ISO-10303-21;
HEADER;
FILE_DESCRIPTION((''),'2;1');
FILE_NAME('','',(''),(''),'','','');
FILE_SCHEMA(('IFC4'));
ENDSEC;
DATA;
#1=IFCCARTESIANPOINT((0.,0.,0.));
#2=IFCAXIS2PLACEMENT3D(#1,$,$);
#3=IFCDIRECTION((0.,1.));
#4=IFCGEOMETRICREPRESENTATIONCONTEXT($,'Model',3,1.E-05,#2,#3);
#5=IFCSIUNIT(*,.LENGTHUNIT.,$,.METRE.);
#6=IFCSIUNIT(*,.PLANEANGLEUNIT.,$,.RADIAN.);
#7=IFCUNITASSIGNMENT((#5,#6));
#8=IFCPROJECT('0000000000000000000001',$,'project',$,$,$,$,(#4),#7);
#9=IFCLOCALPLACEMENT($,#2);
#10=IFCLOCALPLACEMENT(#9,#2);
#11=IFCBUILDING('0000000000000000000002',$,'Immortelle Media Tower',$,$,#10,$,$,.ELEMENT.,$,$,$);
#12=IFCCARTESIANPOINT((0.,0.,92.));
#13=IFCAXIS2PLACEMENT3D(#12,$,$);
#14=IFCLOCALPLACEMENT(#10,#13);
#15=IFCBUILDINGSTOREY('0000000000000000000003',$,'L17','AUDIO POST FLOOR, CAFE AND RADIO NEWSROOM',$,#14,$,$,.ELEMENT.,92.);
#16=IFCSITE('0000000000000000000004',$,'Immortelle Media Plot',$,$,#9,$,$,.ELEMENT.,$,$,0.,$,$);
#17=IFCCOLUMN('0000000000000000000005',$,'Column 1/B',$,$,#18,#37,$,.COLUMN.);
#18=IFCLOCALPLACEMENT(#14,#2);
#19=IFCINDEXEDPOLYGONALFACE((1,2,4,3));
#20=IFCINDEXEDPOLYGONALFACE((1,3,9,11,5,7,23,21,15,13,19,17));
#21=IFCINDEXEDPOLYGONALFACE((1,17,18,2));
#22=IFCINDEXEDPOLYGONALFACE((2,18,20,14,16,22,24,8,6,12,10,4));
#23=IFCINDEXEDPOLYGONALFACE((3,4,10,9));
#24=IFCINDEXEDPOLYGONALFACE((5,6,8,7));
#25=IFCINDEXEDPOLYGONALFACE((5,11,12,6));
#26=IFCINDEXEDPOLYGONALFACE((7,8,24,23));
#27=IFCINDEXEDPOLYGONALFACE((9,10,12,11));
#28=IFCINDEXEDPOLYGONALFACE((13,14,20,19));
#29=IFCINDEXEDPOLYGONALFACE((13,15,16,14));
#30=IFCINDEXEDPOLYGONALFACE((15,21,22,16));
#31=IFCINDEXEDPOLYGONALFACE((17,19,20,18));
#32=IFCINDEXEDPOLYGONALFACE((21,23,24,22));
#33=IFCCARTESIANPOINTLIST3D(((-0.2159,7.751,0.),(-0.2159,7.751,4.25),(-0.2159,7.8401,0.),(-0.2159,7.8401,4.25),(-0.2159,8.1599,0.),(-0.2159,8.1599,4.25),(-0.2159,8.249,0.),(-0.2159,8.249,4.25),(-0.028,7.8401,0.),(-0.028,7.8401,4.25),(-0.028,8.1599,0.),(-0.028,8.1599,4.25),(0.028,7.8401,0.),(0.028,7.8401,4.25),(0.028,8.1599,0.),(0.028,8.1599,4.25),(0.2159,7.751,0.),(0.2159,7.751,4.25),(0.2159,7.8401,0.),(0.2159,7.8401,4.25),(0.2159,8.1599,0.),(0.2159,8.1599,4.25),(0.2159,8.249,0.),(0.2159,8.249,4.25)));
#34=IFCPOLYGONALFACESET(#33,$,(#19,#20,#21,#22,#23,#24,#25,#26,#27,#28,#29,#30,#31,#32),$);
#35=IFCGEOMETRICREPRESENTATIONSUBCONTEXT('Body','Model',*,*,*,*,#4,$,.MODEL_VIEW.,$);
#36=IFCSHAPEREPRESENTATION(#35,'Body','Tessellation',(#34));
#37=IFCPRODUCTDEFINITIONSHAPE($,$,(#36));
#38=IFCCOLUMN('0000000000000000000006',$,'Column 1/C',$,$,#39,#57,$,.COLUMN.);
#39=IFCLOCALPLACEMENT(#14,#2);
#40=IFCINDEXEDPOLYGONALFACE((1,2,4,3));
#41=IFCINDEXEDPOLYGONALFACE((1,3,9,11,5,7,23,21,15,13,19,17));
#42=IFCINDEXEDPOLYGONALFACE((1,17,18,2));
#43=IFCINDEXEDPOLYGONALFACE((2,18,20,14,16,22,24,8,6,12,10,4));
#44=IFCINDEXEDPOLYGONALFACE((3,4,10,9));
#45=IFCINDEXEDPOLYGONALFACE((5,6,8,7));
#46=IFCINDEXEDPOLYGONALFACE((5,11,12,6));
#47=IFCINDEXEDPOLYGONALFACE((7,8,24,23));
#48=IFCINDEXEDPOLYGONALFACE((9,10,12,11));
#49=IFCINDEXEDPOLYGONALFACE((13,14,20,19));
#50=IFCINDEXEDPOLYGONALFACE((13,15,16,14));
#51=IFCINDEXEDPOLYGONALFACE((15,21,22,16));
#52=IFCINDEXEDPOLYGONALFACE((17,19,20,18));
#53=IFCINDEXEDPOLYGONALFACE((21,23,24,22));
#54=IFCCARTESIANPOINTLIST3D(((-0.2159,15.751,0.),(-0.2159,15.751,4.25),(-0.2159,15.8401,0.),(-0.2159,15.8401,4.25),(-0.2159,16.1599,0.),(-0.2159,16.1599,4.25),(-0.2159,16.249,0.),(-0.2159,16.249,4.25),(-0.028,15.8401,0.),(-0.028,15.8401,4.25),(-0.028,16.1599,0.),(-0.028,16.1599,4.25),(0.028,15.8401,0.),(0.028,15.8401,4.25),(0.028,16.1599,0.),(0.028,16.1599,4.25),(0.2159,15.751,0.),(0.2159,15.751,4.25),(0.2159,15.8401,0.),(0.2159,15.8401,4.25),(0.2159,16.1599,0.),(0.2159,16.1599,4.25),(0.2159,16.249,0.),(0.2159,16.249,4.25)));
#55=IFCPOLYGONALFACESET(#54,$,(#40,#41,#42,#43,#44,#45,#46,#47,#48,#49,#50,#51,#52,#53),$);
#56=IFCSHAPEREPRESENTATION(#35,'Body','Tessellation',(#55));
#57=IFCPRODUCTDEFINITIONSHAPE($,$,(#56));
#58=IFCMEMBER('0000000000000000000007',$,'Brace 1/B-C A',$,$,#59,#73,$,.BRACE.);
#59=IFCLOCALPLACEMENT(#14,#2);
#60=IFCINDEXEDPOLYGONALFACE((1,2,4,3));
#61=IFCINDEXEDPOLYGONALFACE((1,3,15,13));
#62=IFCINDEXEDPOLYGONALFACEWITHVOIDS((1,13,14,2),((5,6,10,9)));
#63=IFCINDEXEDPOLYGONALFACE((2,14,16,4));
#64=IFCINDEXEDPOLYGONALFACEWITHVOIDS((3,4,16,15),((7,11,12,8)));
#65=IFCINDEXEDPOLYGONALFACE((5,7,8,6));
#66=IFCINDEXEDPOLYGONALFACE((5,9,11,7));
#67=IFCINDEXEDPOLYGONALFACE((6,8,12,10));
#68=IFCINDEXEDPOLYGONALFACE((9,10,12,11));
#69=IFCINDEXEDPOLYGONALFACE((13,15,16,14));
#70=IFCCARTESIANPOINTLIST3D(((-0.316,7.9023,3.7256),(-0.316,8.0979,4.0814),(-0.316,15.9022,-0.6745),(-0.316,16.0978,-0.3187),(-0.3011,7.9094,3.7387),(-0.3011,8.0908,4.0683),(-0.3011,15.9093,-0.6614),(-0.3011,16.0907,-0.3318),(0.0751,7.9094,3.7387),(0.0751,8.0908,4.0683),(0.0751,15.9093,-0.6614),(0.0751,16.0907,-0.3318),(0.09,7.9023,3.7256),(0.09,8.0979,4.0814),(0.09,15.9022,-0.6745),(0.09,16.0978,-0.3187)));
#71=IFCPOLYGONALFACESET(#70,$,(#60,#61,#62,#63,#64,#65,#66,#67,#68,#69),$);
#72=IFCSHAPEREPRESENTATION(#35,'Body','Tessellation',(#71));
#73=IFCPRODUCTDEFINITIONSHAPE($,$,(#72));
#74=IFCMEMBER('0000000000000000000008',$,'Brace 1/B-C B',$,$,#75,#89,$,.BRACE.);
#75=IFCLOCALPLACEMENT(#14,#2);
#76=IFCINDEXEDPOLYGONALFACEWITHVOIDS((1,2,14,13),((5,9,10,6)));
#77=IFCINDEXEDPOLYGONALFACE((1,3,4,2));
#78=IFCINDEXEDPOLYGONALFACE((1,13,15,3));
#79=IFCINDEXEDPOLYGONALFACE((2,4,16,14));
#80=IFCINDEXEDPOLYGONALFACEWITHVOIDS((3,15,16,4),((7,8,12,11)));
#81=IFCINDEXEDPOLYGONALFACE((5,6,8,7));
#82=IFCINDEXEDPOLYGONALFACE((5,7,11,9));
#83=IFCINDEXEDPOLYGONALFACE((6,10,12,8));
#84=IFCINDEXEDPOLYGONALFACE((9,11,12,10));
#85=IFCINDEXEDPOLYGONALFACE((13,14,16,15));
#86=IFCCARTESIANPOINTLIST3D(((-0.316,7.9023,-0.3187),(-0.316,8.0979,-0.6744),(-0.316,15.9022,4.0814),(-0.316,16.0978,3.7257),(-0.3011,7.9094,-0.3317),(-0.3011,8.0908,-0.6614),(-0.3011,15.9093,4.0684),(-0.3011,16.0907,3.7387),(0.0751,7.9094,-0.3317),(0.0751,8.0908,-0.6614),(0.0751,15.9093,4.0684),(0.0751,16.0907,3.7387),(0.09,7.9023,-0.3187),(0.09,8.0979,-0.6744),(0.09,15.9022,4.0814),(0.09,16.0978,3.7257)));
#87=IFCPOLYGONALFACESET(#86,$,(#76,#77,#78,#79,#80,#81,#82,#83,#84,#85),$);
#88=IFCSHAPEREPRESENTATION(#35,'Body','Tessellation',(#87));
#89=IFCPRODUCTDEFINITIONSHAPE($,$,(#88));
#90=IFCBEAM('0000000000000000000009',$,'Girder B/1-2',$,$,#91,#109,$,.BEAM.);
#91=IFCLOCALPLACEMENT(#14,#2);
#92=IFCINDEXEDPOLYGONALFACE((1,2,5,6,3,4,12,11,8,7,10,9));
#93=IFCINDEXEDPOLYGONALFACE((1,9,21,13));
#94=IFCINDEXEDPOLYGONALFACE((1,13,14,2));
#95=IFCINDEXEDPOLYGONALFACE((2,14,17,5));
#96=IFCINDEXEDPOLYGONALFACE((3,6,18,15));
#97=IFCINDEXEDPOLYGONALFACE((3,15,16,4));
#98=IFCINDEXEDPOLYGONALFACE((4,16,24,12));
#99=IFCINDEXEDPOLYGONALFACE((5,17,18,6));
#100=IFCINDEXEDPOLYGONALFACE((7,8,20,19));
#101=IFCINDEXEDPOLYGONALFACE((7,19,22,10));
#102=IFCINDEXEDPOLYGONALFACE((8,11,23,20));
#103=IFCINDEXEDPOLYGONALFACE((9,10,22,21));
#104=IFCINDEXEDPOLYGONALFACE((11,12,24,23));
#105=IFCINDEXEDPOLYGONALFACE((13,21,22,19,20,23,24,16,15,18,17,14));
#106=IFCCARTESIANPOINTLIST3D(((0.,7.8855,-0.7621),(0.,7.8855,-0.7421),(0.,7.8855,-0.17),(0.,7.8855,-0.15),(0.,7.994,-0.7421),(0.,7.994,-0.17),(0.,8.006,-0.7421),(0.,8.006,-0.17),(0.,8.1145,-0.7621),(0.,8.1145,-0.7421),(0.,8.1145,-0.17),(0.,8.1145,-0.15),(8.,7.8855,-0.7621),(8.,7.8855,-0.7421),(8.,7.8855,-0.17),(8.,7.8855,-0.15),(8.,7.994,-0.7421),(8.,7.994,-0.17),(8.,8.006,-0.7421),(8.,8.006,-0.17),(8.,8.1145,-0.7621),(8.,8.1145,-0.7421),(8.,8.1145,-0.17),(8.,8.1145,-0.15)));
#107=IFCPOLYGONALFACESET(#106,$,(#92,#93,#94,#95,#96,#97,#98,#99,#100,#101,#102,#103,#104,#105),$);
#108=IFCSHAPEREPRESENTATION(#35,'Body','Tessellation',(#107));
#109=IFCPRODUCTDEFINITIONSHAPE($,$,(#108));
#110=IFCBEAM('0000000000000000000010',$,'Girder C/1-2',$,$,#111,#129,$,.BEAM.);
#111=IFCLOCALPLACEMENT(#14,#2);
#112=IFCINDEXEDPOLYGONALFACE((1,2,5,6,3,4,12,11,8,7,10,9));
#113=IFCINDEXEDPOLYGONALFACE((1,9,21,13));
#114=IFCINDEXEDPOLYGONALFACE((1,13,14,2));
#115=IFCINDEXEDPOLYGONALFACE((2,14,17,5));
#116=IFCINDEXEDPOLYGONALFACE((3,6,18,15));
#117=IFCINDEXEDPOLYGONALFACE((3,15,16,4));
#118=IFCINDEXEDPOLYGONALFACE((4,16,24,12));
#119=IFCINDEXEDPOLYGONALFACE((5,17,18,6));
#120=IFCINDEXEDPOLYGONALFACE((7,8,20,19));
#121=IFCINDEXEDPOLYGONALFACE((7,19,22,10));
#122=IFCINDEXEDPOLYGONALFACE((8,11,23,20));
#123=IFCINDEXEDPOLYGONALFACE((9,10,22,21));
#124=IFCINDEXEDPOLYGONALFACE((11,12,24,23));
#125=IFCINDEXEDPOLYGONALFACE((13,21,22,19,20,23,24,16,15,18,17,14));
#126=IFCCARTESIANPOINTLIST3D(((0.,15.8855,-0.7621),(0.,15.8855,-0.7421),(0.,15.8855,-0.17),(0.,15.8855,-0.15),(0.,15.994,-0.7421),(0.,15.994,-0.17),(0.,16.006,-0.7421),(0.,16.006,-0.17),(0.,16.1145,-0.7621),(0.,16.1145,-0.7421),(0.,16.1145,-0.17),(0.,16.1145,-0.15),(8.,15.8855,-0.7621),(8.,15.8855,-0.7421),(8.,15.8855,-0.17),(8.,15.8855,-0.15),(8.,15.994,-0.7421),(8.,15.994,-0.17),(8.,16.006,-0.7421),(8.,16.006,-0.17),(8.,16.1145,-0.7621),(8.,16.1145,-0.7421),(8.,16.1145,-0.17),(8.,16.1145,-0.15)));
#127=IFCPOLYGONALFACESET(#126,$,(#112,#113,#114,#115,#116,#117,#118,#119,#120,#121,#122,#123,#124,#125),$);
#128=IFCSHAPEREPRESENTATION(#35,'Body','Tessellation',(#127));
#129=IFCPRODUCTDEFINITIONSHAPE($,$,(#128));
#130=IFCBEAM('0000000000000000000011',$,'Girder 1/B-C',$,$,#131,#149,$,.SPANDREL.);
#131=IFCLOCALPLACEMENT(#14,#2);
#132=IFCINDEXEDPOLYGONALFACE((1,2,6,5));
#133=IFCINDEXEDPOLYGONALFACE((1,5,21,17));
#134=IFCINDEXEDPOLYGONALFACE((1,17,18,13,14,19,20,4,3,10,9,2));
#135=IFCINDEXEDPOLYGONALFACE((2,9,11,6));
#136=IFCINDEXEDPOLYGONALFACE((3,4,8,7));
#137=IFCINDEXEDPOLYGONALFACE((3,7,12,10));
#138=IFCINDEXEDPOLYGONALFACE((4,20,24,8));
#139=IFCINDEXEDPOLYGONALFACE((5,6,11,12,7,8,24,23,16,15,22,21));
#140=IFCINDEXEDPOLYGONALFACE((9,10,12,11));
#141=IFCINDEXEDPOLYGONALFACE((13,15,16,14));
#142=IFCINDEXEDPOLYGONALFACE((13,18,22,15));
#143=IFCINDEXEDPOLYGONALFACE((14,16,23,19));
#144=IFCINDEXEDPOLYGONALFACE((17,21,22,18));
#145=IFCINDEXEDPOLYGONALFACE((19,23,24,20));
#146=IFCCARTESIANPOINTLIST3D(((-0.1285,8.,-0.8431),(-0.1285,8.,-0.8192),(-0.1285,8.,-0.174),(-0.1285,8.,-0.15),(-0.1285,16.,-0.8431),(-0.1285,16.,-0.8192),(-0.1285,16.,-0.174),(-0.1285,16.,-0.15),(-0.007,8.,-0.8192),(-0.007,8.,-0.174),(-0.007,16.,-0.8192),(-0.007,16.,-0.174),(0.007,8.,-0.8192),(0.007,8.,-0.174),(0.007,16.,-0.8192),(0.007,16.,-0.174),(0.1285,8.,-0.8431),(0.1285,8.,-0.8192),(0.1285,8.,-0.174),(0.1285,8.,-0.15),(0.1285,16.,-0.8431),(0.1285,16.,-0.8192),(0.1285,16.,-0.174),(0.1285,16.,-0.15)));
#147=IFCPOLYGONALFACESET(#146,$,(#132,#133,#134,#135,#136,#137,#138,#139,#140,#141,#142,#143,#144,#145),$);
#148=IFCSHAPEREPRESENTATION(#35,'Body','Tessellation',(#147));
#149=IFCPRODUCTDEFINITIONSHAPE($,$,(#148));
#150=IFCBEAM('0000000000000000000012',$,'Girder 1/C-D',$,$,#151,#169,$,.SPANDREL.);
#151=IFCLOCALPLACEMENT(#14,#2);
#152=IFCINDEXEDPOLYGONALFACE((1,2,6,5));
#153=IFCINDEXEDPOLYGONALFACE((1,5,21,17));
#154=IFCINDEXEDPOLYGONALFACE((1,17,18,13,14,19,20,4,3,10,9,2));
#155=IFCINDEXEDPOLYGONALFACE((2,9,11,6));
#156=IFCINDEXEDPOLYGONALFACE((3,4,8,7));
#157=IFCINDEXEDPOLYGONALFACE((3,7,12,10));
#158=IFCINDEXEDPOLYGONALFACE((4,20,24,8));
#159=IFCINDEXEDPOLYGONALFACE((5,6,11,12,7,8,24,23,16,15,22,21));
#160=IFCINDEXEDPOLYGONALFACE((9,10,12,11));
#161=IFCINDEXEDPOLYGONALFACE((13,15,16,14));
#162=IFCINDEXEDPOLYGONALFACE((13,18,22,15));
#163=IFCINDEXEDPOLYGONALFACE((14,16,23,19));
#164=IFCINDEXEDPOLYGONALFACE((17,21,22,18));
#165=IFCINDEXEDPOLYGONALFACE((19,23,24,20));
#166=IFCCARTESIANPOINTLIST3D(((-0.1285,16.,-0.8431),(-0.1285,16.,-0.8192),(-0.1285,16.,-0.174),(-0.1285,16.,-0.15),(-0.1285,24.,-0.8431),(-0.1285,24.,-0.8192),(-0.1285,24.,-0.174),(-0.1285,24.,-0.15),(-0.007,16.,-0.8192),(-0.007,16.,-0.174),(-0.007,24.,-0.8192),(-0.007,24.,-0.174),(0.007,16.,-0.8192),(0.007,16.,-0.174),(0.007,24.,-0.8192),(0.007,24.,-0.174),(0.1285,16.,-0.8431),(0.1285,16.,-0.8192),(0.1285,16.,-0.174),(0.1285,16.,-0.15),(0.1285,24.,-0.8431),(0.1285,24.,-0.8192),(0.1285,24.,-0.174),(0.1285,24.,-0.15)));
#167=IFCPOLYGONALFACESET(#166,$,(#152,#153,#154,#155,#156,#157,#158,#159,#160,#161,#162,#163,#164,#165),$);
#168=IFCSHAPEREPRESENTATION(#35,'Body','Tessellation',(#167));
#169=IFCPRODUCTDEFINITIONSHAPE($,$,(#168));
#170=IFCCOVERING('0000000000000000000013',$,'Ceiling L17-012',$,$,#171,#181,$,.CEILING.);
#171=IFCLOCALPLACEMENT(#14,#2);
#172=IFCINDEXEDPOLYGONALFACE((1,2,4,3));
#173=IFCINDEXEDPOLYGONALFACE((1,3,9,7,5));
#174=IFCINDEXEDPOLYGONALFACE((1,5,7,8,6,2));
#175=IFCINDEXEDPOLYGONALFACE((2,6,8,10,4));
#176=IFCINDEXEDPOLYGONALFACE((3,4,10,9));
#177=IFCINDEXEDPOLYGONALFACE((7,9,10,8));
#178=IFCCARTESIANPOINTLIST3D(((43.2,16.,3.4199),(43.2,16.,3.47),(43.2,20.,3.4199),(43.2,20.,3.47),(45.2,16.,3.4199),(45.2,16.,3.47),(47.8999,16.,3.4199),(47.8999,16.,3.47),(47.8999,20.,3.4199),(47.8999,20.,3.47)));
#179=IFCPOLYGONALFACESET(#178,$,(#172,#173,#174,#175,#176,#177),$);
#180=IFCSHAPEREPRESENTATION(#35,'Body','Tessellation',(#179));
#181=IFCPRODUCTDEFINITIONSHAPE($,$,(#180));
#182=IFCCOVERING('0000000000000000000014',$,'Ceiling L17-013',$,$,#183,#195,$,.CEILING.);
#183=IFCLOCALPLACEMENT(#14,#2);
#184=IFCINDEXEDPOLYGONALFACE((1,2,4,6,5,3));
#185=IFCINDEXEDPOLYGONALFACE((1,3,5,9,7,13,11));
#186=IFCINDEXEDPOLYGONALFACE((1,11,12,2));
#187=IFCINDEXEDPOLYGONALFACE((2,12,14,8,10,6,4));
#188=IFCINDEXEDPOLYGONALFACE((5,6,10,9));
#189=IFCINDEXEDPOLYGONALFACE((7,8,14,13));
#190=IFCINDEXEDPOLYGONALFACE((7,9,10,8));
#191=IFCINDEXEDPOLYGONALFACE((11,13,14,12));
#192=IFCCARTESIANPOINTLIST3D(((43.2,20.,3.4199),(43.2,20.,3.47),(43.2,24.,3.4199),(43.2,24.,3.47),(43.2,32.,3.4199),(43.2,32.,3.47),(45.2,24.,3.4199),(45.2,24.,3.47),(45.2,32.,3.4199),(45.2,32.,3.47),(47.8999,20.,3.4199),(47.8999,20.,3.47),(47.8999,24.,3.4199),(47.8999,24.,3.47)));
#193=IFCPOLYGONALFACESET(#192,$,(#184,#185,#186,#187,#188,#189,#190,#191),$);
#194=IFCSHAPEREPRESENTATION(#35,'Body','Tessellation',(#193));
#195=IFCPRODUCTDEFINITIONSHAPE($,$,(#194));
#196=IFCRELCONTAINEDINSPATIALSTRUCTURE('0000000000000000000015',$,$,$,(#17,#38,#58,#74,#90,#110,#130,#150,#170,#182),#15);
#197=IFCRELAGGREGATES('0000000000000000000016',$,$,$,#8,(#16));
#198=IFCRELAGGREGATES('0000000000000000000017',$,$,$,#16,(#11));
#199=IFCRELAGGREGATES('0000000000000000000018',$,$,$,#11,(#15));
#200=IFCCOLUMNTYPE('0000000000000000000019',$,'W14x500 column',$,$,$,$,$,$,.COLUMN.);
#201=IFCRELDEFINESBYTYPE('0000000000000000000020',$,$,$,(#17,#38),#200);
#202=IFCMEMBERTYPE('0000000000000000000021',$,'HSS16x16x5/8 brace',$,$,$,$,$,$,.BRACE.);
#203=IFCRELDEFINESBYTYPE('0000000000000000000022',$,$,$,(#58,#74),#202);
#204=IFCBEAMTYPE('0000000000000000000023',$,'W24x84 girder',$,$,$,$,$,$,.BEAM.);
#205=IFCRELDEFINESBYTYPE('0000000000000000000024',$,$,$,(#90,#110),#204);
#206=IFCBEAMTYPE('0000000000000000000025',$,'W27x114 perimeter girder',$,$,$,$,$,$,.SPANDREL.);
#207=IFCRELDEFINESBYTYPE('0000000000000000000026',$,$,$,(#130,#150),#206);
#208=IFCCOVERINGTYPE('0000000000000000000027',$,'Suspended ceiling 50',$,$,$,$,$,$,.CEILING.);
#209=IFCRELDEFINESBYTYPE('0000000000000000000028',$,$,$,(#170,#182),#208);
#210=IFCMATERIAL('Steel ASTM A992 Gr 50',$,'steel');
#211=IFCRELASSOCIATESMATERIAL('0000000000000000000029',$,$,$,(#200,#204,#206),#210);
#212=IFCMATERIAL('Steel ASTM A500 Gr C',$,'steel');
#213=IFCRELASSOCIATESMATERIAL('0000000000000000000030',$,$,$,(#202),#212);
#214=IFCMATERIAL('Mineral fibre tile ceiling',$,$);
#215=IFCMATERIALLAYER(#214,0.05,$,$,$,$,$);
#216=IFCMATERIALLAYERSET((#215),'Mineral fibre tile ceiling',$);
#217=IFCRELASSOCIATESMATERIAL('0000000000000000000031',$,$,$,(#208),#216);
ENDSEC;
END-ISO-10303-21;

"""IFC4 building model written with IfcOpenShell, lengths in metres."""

from ifc_helpers import new_model, si_unit, direction, frame, origin, origin_2d, place, context, subcontext, project, spatial, polyline, hollow_rectangle, i_section, outline, extrude, material, layer, layer_set, material_profile, profile_set, type_object, element, save


model = new_model("IFC4")

# Units and contexts
model_context = context("Model", 3, precision=1e-05, world=origin(), true_north=direction((0.0, 1.0)))
body_context = subcontext(model_context, "Body", "Model", "MODEL_VIEW")
ifc_project = project(units=[si_unit("LENGTHUNIT", "METRE"), si_unit("PLANEANGLEUNIT", "RADIAN")], contexts=[model_context])

# Site, building, storey
site_placement = place(None, origin())
site = spatial("IfcSite", under=ifc_project, at=site_placement, Name="Immortelle Media Plot", CompositionType="ELEMENT", RefElevation=0.0)
building_placement = place(site_placement, origin())
building = spatial("IfcBuilding", under=site, at=building_placement, Name="Immortelle Media Tower", CompositionType="ELEMENT")
storey_placement = place(building_placement, frame((0.0, 0.0, 92.0)))
storey = spatial("IfcBuildingStorey", under=building, at=storey_placement, Name="L17", Description="AUDIO POST FLOOR, CAFE AND RADIO NEWSROOM", CompositionType="ELEMENT", Elevation=92.0)

# Columns
ifc_material_1 = material(Name="Steel ASTM A992 Gr 50", Category="steel")
ifc_material_profile_1 = material_profile(ifc_material_1, i_section(OverallWidth=0.4319, OverallDepth=0.498, WebThickness=0.0559, FlangeThickness=0.0891, at=origin_2d()), Name="W14x500")
ifc_profile_set_1 = profile_set([ifc_material_profile_1], Name="Steel ASTM A992 Gr 50")
column_type = type_object("IfcColumnType", Name="W14x500 column", PredefinedType="COLUMN", material=ifc_profile_set_1)
for number, where, z_axis, x_axis, name in (
    (1, (0.0, 8.0, 0.0), (0.0, 0.0, 1.0), (1.0, 0.0, 0.0), "Column 1/B"),
    (2, (0.0, 16.0, 0.0), (0.0, 0.0, 1.0), (1.0, 0.0, 0.0), "Column 1/C"),
):
    element("IfcColumn", number, at=place(storey_placement, frame(where, z_axis=z_axis, x_axis=x_axis)), inside=storey, type_object=column_type, Name=name, PredefinedType="COLUMN", context=body_context, shape_type="SweptSolid", body=[
        extrude(i_section(OverallWidth=0.4319, OverallDepth=0.498, WebThickness=0.0559, FlangeThickness=0.0891, at=origin_2d()), origin(), (0.0, 0.0, 1.0), 4.25),
    ])

# Members
ifc_material_2 = material(Name="Steel ASTM A500 Gr C", Category="steel")
ifc_material_profile_2 = material_profile(ifc_material_2, hollow_rectangle(XDim=0.406, YDim=0.406, WallThickness=0.0149, at=origin_2d()), Name="HSS16x16x5/8 brace")
ifc_profile_set_2 = profile_set([ifc_material_profile_2], Name="Steel ASTM A500 Gr C")
member_type = type_object("IfcMemberType", Name="HSS16x16x5/8 brace", PredefinedType="BRACE", material=ifc_profile_set_2)
for number, where, z_axis, x_axis, name in (
    (3, (-0.113, 16.0, -0.4966), (0.0, -0.876209, 0.481931), (1.0, 0.0, 0.0), "Brace 1/B-C A"),
    (4, (-0.113, 16.0, 3.9036), (0.0, -0.876209, -0.481931), (1.0, 0.0, 0.0), "Brace 1/B-C B"),
):
    element("IfcMember", number, at=place(storey_placement, frame(where, z_axis=z_axis, x_axis=x_axis)), inside=storey, type_object=member_type, Name=name, PredefinedType="BRACE", context=body_context, shape_type="SweptSolid", body=[
        extrude(hollow_rectangle(XDim=0.406, YDim=0.406, WallThickness=0.0149, at=origin_2d()), origin(), (0.0, 0.0, 1.0), 9.1301),
    ])

# Beams
ifc_material_profile_3 = material_profile(ifc_material_1, i_section(OverallWidth=0.229, OverallDepth=0.6121, WebThickness=0.012, FlangeThickness=0.02, at=origin_2d()), Name="W24x84")
ifc_profile_set_3 = profile_set([ifc_material_profile_3], Name="Steel ASTM A992 Gr 50")
beam_type_1 = type_object("IfcBeamType", Name="W24x84 girder", PredefinedType="BEAM", material=ifc_profile_set_3)
for number, where, z_axis, x_axis, name in (
    (5, (0.0, 8.0, -0.4561), (1.0, 0.0, 0.0), (0.0, 1.0, 0.0), "Girder B/1-2"),
    (6, (0.0, 16.0, -0.4561), (1.0, 0.0, 0.0), (0.0, 1.0, 0.0), "Girder C/1-2"),
):
    element("IfcBeam", number, at=place(storey_placement, frame(where, z_axis=z_axis, x_axis=x_axis)), inside=storey, type_object=beam_type_1, Name=name, PredefinedType="BEAM", context=body_context, shape_type="SweptSolid", body=[
        extrude(i_section(OverallWidth=0.229, OverallDepth=0.6121, WebThickness=0.012, FlangeThickness=0.02, at=origin_2d()), origin(), (0.0, 0.0, 1.0), 8.0),
    ])
ifc_material_profile_4 = material_profile(ifc_material_1, i_section(OverallWidth=0.2571, OverallDepth=0.6931, WebThickness=0.0139, FlangeThickness=0.0239, at=origin_2d()), Name="W27x114")
ifc_profile_set_4 = profile_set([ifc_material_profile_4], Name="Steel ASTM A992 Gr 50")
beam_type_2 = type_object("IfcBeamType", Name="W27x114 perimeter girder", PredefinedType="SPANDREL", material=ifc_profile_set_4)
for number, where, z_axis, x_axis, name in (
    (7, (0.0, 8.0, -0.4966), (0.0, 1.0, 0.0), (-1.0, 0.0, 0.0), "Girder 1/B-C"),
    (8, (0.0, 16.0, -0.4966), (0.0, 1.0, 0.0), (-1.0, 0.0, 0.0), "Girder 1/C-D"),
):
    element("IfcBeam", number, at=place(storey_placement, frame(where, z_axis=z_axis, x_axis=x_axis)), inside=storey, type_object=beam_type_2, Name=name, PredefinedType="SPANDREL", context=body_context, shape_type="SweptSolid", body=[
        extrude(i_section(OverallWidth=0.2571, OverallDepth=0.6931, WebThickness=0.0139, FlangeThickness=0.0239, at=origin_2d()), origin(), (0.0, 0.0, 1.0), 8.0),
    ])

# Coverings
ifc_material_3 = material(Name="Mineral fibre tile ceiling")
ifc_layer = layer(ifc_material_3, 0.05)
ifc_layer_set = layer_set([ifc_layer], Name="Mineral fibre tile ceiling")
covering_type = type_object("IfcCoveringType", Name="Suspended ceiling 50", PredefinedType="CEILING", material=ifc_layer_set)
covering_1_placement = place(storey_placement, frame((0.0, 0.0, 3.4199)))
element("IfcCovering", 9, at=covering_1_placement, inside=storey, type_object=covering_type, Name="Ceiling L17-012", PredefinedType="CEILING", context=body_context, shape_type="SweptSolid", body=[
    extrude(outline(polyline([(43.2, 20.0), (47.8999, 20.0), (47.8999, 16.0), (45.2, 16.0), (43.2, 16.0), (43.2, 20.0)])), origin(), (0.0, 0.0, 1.0), 0.05),
])
covering_2_placement = place(storey_placement, frame((0.0, 0.0, 3.4199)))
element("IfcCovering", 10, at=covering_2_placement, inside=storey, type_object=covering_type, Name="Ceiling L17-013", PredefinedType="CEILING", context=body_context, shape_type="SweptSolid", body=[
    extrude(outline(polyline([(43.2, 24.0), (43.2, 32.0), (45.2, 32.0), (45.2, 24.0), (47.8999, 24.0), (47.8999, 20.0), (43.2, 20.0), (43.2, 24.0)])), origin(), (0.0, 0.0, 1.0), 0.05),
])

save(model, "model.ifc")
